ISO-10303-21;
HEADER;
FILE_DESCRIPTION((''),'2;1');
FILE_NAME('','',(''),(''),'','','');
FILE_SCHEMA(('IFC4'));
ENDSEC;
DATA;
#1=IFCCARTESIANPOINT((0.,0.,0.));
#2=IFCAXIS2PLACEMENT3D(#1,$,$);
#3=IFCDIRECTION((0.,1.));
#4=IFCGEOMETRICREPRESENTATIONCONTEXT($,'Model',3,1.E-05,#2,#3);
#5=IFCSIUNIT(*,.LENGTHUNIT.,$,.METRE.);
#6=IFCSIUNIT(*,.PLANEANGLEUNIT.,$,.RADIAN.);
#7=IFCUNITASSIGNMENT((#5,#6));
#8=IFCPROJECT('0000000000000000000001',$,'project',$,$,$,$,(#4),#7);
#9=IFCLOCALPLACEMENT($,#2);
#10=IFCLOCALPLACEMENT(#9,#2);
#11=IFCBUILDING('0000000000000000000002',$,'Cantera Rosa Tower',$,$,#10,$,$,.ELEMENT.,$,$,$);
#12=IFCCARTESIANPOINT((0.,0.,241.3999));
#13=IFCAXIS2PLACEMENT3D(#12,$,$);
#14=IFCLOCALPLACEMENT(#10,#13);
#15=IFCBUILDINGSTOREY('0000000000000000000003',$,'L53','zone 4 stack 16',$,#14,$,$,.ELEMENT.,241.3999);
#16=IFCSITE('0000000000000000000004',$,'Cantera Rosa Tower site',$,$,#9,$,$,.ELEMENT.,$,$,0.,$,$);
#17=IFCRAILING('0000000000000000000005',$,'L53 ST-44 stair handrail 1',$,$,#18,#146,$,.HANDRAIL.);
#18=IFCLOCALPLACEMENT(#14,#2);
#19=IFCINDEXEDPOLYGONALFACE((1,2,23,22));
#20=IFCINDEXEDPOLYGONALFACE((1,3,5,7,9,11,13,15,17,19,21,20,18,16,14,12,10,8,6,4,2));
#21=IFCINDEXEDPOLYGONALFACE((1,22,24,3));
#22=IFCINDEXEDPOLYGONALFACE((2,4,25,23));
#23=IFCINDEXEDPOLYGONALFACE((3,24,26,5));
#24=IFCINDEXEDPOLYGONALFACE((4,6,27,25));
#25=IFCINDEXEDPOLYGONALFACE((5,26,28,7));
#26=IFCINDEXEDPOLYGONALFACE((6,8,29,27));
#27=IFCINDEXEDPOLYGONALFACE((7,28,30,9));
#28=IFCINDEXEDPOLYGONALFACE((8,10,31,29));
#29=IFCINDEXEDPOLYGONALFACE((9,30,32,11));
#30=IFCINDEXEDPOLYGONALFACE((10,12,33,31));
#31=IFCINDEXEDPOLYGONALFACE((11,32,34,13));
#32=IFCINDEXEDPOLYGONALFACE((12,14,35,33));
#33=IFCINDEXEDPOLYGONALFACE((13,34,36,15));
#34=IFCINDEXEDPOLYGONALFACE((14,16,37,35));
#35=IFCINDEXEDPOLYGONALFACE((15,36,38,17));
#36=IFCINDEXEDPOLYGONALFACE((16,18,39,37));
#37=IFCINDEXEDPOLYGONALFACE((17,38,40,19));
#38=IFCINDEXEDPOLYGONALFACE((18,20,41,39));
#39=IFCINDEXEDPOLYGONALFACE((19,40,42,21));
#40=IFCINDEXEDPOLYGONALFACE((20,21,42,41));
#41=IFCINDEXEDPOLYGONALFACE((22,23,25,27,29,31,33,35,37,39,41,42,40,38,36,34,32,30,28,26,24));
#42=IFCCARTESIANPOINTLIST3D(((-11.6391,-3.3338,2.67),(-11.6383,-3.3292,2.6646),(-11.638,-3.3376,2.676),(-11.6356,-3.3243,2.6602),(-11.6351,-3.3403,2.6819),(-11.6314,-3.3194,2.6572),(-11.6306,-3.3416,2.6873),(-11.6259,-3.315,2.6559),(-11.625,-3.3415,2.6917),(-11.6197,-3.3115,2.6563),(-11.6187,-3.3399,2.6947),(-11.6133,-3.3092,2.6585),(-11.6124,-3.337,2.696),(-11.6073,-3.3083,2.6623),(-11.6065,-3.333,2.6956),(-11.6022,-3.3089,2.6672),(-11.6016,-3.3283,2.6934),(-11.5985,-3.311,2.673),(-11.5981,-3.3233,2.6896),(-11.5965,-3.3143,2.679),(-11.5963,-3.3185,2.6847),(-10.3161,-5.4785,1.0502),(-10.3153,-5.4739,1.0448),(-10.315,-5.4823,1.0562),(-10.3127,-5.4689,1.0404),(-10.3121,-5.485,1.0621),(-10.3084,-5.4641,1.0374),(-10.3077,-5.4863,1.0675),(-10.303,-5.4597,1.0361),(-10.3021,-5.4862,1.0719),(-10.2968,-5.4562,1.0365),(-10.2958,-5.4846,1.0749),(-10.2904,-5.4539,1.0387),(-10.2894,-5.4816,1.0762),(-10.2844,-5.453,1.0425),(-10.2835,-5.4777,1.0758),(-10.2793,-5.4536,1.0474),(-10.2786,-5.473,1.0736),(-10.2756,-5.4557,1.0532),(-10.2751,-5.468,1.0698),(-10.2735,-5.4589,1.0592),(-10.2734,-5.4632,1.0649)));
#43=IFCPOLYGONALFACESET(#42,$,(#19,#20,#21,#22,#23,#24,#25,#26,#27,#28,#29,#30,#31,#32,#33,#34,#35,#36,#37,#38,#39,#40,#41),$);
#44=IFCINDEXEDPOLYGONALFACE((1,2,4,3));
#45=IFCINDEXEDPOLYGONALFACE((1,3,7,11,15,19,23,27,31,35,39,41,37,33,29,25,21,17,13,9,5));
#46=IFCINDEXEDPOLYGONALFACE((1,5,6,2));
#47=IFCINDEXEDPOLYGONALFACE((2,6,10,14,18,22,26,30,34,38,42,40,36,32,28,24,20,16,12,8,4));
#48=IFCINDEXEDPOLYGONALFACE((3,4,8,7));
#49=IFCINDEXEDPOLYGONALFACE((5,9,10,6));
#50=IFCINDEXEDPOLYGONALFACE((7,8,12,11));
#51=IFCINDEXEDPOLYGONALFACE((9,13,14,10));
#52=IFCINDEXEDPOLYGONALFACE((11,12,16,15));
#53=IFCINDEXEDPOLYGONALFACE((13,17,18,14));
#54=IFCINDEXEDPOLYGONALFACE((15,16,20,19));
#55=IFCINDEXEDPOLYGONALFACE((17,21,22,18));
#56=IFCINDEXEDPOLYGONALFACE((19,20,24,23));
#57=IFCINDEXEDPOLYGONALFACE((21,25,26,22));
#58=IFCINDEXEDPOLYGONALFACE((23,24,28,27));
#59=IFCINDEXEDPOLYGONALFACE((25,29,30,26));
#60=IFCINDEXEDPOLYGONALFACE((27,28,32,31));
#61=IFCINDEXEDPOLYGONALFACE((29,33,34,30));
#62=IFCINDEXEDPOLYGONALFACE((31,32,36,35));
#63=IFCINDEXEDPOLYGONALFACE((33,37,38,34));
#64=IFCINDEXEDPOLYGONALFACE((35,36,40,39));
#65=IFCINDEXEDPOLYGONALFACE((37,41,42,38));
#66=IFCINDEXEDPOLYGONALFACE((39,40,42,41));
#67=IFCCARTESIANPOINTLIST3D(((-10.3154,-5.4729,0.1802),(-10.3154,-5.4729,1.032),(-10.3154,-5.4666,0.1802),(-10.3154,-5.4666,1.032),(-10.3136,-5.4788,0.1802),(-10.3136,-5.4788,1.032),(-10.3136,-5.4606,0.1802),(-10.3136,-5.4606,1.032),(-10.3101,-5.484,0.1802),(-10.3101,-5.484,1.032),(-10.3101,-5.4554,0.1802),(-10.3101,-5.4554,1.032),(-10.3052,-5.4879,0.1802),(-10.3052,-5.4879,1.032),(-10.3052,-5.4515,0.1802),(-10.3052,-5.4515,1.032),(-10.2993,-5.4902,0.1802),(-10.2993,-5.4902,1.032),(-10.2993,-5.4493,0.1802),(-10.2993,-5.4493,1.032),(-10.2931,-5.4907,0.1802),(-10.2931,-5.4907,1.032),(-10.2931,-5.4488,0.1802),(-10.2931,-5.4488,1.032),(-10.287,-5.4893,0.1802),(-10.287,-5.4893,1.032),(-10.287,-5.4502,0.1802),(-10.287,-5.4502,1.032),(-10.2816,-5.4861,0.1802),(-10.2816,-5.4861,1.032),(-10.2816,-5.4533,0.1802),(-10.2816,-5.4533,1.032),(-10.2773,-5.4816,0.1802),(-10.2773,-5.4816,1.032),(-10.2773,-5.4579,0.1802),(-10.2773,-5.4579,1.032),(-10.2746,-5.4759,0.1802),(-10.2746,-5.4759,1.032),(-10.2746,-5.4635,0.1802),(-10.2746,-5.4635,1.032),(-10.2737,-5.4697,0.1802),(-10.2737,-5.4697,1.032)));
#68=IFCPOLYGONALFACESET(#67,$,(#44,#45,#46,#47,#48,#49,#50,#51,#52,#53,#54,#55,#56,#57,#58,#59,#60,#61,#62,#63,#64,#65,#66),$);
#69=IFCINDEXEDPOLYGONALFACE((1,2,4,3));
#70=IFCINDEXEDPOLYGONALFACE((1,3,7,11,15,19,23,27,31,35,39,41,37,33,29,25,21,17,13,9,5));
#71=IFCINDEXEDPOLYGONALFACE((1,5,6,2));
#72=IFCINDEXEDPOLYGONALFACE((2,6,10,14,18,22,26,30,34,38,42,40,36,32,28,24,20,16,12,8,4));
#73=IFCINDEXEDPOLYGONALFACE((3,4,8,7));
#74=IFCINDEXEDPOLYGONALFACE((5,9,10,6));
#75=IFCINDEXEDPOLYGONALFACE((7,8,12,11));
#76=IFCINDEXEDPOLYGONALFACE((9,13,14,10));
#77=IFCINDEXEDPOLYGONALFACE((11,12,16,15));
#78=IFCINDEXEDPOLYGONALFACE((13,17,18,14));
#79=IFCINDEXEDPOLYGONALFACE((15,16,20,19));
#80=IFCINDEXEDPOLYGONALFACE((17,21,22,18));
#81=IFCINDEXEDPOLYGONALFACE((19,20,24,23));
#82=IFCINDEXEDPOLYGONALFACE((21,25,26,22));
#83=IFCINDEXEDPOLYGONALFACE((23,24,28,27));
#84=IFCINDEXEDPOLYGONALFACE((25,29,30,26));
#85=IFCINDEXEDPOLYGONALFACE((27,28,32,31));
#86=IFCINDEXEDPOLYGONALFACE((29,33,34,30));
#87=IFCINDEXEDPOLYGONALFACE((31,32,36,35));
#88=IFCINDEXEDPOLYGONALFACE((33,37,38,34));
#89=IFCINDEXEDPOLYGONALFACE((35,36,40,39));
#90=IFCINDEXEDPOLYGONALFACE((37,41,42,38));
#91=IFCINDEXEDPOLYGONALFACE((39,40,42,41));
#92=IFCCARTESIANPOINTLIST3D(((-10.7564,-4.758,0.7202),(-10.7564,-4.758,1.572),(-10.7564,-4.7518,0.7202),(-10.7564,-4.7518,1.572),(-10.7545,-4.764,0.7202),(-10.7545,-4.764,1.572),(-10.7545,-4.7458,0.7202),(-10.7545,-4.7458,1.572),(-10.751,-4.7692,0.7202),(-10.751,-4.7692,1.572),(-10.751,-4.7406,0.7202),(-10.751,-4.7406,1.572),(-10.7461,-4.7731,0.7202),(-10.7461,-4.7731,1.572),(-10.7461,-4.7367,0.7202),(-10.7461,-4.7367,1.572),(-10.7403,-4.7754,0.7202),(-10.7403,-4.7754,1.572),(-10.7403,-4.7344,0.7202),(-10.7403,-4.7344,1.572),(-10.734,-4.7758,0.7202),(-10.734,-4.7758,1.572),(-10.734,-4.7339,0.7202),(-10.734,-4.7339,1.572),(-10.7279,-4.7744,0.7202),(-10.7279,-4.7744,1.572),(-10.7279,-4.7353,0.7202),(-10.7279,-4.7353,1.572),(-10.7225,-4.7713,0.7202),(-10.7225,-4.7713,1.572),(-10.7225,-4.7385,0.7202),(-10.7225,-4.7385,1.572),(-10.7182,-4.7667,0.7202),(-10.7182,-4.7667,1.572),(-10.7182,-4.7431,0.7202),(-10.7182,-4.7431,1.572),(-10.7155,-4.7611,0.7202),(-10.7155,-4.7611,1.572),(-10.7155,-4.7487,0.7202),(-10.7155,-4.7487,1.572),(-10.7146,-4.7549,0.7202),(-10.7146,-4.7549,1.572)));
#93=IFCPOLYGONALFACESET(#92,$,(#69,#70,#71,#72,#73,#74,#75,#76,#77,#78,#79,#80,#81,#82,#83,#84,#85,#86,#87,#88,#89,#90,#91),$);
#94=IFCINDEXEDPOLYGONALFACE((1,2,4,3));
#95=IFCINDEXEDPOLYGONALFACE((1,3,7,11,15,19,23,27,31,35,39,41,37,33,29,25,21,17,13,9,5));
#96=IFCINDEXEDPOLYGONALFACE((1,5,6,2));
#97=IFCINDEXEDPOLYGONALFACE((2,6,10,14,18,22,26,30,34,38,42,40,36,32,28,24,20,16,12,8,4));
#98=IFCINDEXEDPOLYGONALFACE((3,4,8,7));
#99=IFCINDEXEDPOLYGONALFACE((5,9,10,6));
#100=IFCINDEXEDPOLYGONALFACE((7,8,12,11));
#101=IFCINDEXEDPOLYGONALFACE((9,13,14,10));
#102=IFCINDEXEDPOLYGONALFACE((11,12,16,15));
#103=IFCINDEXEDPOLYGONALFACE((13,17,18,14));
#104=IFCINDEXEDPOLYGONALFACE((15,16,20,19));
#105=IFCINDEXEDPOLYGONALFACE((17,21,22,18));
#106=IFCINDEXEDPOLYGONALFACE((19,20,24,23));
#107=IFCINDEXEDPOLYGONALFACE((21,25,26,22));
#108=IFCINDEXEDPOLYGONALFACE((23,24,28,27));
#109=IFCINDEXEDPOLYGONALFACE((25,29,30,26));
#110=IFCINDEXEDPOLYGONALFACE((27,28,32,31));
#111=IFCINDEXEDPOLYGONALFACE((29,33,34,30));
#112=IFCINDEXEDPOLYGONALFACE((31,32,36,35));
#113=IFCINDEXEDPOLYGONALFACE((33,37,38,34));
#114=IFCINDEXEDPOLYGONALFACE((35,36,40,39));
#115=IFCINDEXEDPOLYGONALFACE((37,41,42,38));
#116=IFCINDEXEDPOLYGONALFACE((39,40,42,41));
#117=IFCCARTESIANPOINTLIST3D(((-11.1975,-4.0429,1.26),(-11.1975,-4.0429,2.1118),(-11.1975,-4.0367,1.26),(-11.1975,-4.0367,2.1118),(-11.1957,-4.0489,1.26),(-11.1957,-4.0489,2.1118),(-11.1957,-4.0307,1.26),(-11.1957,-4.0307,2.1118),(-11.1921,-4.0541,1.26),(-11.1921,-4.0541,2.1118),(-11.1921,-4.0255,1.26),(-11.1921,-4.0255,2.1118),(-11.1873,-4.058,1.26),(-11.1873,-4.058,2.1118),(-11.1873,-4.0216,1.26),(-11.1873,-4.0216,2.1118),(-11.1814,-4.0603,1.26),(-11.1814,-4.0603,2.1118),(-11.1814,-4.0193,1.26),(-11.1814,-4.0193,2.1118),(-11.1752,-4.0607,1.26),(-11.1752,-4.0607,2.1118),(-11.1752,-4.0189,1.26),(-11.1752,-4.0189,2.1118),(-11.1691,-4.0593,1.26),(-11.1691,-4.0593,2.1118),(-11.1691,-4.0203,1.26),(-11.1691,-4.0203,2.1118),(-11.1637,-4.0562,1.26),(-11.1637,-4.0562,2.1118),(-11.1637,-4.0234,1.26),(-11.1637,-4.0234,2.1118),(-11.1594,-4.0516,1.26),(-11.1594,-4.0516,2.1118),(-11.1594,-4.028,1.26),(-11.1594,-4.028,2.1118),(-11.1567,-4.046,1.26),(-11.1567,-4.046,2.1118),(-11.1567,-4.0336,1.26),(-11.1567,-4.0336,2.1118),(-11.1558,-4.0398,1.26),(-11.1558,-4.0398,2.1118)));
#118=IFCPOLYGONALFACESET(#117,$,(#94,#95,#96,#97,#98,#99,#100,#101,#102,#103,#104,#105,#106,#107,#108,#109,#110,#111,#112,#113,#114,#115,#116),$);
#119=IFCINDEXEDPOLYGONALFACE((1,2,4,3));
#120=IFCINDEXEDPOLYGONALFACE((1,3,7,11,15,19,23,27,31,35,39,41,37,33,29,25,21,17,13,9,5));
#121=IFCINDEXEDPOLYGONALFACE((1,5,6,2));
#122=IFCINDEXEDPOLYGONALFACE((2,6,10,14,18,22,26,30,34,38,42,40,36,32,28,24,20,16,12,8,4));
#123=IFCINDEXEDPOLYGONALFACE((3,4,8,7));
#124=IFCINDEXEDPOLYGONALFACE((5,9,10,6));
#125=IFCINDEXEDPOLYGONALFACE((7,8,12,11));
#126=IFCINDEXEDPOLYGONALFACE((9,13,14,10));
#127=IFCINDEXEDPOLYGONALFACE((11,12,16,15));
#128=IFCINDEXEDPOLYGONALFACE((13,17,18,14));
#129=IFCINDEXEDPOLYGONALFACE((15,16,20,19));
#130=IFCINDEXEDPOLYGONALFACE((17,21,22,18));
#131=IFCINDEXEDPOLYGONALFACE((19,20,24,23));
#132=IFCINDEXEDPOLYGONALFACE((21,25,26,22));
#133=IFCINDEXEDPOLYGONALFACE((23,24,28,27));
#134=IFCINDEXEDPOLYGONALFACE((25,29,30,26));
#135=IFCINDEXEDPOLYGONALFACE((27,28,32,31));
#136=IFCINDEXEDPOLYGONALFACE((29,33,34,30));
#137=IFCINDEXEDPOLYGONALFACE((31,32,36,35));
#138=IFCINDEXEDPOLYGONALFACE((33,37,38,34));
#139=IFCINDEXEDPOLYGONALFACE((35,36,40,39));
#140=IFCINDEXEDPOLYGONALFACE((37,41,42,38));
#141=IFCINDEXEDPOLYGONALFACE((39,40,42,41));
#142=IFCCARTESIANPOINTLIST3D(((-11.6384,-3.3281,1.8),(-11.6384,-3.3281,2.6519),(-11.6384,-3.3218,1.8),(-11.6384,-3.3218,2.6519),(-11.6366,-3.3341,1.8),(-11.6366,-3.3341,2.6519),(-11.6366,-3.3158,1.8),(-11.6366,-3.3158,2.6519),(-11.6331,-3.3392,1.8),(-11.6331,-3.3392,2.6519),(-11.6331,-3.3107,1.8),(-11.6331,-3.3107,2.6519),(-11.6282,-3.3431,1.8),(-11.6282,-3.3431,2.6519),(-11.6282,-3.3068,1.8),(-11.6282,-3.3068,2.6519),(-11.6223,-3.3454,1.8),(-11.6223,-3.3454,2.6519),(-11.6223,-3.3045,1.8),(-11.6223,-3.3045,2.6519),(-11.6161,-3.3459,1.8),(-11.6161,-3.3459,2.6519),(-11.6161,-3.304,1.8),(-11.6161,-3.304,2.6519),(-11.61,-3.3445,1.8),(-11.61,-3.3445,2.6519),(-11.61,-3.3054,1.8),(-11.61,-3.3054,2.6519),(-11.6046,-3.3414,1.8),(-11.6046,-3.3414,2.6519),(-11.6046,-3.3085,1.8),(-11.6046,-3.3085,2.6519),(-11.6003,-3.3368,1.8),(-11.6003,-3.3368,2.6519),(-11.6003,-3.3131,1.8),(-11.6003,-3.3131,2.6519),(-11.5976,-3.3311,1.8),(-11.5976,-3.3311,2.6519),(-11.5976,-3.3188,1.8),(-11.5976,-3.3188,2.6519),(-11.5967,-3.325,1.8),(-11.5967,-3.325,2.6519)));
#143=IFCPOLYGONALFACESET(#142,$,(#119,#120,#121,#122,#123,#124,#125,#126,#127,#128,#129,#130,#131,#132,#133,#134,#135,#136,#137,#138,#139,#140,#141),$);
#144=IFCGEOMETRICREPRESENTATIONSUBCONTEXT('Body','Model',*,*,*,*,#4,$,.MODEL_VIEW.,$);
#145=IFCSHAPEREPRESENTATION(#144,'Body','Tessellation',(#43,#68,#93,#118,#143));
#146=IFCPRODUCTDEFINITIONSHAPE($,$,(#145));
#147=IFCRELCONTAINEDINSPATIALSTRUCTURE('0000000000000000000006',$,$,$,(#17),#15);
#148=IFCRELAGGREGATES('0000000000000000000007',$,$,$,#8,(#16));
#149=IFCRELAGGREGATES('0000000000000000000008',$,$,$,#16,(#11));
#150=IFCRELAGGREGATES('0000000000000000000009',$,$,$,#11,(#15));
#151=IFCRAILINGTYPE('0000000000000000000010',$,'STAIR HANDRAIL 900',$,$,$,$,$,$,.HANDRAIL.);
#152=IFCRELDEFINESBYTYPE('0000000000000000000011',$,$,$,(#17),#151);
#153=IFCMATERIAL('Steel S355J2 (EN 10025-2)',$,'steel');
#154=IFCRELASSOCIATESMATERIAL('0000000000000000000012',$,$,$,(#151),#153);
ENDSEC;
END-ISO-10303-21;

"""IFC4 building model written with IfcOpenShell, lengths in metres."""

from ifc_helpers import new_model, si_unit, direction, frame, origin, origin_2d, place, context, subcontext, project, spatial, circle, extrude, material, type_object, element, save


model = new_model("IFC4")

# Units and contexts
model_context = context("Model", 3, precision=1e-05, world=origin(), true_north=direction((0.0, 1.0)))
body_context = subcontext(model_context, "Body", "Model", "MODEL_VIEW")
ifc_project = project(units=[si_unit("LENGTHUNIT", "METRE"), si_unit("PLANEANGLEUNIT", "RADIAN")], contexts=[model_context])

# Site, building, storey
site_placement = place(None, origin())
site = spatial("IfcSite", under=ifc_project, at=site_placement, Name="Cantera Rosa Tower site", CompositionType="ELEMENT", RefElevation=0.0)
building_placement = place(site_placement, origin())
building = spatial("IfcBuilding", under=site, at=building_placement, Name="Cantera Rosa Tower", CompositionType="ELEMENT")
storey_placement = place(building_placement, frame((0.0, 0.0, 241.3999)))
storey = spatial("IfcBuildingStorey", under=building, at=storey_placement, Name="L53", Description="zone 4 stack 16", CompositionType="ELEMENT", Elevation=241.3999)

# Railing
ifc_material_1 = material(Name="Steel S355J2 (EN 10025-2)", Category="steel")
railing_type_1 = type_object("IfcRailingType", Name="STAIR HANDRAIL 900", PredefinedType="HANDRAIL", material=ifc_material_1)
railing_1_placement = place(storey_placement, frame((-10.2947, -5.4697, 0.1802)))
element("IfcRailing", 1, at=railing_1_placement, inside=storey, type_object=railing_type_1, Name="L53 ST-44 stair handrail 1", PredefinedType="HANDRAIL", context=body_context, shape_type="SweptSolid", body=[
    extrude(circle(Radius=0.0239, at=origin_2d()), frame((0.0, 0.0, 0.876), z_axis=(-0.441629, 0.715945, 0.540728), x_axis=(-0.851102, -0.525, 0.0)), (0.0, 0.0, 1.0), 2.9956),
    extrude(circle(Radius=0.021, at=origin_2d()), origin(), (0.0, 0.0, 1.0), 0.8518),
    extrude(circle(Radius=0.021, at=origin_2d()), frame((-0.4409, 0.7148, 0.54)), (0.0, 0.0, 1.0), 0.8518),
    extrude(circle(Radius=0.021, at=origin_2d()), frame((-0.8821, 1.4299, 1.0798)), (0.0, 0.0, 1.0), 0.8518),
    extrude(circle(Radius=0.021, at=origin_2d()), frame((-1.323, 2.1448, 1.6199)), (0.0, 0.0, 1.0), 0.8518),
])

save(model, "model.ifc")
